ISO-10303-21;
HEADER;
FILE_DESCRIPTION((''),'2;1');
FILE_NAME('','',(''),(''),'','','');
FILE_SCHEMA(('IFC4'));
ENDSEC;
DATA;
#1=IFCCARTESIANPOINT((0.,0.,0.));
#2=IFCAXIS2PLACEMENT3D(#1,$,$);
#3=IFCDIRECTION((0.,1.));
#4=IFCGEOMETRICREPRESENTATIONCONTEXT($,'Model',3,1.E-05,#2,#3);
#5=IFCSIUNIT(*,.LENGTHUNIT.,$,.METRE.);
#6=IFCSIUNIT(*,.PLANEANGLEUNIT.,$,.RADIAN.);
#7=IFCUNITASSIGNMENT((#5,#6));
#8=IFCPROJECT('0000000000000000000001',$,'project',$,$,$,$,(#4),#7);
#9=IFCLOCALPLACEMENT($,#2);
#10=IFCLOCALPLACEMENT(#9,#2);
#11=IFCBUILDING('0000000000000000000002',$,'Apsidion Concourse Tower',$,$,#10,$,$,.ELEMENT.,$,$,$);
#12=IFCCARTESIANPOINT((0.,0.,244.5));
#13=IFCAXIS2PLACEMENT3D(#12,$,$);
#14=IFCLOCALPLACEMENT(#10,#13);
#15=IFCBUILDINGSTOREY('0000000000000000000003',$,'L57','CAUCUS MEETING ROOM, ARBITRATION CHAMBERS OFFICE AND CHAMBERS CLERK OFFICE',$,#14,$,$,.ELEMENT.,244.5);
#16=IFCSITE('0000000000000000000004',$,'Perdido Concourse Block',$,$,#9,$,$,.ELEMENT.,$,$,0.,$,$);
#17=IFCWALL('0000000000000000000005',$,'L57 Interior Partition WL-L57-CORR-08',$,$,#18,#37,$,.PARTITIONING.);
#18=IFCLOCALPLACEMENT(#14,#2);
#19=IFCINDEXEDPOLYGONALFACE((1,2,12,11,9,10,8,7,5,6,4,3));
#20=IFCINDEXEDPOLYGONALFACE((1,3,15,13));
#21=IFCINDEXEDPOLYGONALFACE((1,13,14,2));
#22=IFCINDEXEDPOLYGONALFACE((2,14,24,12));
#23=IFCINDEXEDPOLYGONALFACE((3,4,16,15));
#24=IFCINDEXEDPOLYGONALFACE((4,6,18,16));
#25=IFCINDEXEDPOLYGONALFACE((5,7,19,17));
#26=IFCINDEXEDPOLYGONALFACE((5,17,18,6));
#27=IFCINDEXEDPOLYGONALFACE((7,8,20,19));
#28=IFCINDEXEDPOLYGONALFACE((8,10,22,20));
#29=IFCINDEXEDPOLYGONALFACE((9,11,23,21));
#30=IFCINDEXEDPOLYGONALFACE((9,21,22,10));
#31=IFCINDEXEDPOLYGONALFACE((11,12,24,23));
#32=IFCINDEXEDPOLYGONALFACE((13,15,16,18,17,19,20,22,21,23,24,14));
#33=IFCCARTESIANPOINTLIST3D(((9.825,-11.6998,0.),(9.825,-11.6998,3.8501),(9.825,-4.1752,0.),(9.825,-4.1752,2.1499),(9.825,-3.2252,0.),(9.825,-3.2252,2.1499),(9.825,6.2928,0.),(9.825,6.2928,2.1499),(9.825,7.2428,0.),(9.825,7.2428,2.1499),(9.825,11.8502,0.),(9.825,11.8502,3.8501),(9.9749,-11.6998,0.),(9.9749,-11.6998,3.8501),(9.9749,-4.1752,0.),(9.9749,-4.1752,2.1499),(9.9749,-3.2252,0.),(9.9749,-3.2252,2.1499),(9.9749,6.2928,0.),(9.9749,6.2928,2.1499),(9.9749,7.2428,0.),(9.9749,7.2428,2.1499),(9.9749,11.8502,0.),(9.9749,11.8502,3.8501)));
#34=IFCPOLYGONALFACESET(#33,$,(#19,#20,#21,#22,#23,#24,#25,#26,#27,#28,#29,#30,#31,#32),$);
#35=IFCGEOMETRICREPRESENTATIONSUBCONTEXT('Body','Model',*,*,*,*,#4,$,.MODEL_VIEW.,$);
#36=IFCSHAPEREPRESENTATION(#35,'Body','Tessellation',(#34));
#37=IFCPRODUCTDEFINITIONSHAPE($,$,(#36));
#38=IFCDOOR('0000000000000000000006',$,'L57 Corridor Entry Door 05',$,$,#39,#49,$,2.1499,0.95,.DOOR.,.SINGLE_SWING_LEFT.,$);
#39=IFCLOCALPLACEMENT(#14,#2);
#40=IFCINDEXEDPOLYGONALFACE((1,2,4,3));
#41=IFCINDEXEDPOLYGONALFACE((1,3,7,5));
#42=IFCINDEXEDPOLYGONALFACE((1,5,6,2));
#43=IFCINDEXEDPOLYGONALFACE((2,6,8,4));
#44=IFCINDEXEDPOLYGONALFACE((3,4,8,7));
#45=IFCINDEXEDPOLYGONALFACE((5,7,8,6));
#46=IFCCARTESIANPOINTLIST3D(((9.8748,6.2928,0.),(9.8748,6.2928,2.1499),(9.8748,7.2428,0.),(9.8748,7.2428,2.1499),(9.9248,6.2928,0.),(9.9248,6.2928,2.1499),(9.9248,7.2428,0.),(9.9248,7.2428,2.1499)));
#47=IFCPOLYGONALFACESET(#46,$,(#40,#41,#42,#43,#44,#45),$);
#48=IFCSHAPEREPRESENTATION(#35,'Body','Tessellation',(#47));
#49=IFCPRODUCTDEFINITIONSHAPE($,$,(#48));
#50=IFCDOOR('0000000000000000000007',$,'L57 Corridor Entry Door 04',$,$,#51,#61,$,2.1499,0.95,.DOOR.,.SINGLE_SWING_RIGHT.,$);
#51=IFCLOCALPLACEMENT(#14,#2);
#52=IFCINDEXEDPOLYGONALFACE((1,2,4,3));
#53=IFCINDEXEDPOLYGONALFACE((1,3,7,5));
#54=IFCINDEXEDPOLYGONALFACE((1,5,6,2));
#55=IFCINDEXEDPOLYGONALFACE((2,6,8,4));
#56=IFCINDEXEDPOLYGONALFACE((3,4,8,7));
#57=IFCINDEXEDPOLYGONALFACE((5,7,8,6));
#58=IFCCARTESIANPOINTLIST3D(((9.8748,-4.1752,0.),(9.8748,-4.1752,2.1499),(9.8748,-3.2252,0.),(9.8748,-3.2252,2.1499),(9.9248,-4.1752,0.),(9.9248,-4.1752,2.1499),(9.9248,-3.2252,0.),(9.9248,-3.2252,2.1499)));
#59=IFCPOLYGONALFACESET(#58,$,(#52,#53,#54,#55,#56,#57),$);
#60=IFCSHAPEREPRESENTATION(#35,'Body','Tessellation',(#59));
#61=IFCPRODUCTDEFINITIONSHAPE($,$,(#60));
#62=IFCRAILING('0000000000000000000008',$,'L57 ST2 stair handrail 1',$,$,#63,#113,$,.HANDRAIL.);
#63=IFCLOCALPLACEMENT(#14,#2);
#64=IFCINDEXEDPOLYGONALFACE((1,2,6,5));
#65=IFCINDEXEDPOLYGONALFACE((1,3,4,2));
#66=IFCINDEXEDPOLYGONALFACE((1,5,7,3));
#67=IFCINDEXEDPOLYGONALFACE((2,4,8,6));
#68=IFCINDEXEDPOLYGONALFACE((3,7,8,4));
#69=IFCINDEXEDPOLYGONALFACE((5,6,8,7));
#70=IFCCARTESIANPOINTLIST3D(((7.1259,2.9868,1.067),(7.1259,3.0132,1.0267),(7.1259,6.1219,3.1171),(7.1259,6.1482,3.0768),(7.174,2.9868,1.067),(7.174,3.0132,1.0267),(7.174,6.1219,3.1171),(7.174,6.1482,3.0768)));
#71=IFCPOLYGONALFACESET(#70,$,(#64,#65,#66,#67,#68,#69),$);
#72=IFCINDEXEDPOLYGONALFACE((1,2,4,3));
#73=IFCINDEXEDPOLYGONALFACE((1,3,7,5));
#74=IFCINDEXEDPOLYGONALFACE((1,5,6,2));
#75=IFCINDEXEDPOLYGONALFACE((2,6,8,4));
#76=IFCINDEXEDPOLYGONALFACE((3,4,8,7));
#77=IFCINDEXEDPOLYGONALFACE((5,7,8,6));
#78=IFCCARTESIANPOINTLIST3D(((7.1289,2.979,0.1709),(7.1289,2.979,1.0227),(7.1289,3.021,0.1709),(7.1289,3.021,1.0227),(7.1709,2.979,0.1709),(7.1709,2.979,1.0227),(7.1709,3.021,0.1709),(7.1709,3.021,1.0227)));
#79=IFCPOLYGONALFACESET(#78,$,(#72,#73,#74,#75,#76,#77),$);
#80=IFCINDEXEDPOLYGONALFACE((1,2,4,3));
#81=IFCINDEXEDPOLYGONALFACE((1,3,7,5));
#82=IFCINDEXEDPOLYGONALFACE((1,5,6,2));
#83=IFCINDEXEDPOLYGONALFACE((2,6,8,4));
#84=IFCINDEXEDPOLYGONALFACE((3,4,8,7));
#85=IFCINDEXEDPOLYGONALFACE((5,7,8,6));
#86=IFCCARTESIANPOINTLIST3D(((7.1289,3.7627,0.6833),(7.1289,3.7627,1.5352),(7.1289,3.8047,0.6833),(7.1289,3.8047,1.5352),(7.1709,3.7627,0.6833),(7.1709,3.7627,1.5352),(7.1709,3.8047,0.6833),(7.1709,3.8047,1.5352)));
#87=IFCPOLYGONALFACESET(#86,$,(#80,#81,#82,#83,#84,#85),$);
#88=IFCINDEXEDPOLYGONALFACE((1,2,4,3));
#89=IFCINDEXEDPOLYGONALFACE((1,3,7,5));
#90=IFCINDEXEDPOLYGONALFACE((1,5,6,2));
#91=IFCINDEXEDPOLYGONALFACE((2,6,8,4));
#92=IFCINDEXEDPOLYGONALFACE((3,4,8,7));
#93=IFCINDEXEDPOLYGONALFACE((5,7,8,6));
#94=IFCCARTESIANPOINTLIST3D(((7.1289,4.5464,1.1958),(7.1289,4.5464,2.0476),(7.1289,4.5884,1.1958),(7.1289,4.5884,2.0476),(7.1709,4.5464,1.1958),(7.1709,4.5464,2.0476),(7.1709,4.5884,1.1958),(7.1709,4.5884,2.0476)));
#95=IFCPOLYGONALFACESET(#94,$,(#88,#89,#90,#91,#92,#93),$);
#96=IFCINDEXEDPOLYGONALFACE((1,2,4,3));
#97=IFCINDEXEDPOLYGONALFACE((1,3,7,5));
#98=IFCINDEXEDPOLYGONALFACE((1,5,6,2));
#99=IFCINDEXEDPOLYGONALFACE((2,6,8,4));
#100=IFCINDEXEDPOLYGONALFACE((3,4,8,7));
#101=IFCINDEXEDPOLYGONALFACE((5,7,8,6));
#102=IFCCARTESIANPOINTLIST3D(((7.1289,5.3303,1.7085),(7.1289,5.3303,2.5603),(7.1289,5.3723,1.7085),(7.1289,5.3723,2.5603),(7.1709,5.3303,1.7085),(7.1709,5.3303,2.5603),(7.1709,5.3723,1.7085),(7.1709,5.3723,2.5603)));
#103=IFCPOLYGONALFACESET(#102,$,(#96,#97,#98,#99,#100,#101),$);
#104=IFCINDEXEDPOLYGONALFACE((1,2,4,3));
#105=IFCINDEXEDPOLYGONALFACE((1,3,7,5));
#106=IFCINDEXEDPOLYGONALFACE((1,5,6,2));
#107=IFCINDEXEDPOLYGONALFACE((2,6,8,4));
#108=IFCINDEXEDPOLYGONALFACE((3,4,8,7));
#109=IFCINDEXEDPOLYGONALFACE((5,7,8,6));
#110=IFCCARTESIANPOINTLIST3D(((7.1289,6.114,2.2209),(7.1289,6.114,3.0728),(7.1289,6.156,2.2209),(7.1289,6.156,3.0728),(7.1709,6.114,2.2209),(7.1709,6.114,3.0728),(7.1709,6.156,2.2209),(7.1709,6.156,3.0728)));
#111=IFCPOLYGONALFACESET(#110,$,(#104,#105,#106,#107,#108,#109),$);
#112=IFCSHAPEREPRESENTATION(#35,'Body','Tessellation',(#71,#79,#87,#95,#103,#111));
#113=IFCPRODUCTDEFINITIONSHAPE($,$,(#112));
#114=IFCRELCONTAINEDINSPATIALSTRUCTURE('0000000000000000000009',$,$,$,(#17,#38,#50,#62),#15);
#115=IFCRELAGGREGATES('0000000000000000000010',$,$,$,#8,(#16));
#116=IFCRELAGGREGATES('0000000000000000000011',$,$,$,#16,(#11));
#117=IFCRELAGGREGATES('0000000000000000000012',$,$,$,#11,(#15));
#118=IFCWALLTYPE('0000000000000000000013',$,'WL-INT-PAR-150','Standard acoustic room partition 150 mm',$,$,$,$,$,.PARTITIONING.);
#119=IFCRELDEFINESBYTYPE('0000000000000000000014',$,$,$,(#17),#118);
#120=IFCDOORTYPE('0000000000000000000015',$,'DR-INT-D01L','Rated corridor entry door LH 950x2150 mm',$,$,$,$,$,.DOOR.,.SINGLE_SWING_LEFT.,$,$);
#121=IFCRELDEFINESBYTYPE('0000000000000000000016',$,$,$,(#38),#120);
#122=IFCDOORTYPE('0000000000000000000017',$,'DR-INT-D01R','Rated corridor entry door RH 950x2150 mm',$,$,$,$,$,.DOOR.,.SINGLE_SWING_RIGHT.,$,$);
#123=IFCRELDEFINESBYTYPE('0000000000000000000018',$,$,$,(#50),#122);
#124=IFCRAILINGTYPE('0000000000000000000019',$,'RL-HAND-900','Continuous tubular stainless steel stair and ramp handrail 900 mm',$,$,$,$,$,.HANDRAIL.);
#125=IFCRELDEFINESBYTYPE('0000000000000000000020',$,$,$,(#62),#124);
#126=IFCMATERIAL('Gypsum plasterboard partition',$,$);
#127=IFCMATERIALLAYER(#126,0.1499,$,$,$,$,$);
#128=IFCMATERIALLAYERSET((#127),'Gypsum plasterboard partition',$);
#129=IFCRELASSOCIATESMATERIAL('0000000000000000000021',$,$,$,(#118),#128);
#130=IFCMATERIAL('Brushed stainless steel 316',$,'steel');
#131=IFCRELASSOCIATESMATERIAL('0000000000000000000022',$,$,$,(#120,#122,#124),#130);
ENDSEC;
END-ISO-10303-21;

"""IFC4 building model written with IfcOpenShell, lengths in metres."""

from ifc_helpers import new_model, si_unit, direction, frame, frame_2d, origin, origin_2d, place, context, subcontext, project, spatial, rectangle, extrude, material, layer, layer_set, type_object, element, fill, save


model = new_model("IFC4")

# Units and contexts
model_context = context("Model", 3, precision=1e-05, world=origin(), true_north=direction((0.0, 1.0)))
body_context = subcontext(model_context, "Body", "Model", "MODEL_VIEW")
ifc_project = project(units=[si_unit("LENGTHUNIT", "METRE"), si_unit("PLANEANGLEUNIT", "RADIAN")], contexts=[model_context])

# Site, building, storey
site_placement = place(None, origin())
site = spatial("IfcSite", under=ifc_project, at=site_placement, Name="Perdido Concourse Block", CompositionType="ELEMENT", RefElevation=0.0)
building_placement = place(site_placement, origin())
building = spatial("IfcBuilding", under=site, at=building_placement, Name="Apsidion Concourse Tower", CompositionType="ELEMENT")
storey_placement = place(building_placement, frame((0.0, 0.0, 244.5)))
storey = spatial("IfcBuildingStorey", under=building, at=storey_placement, Name="L57", Description="CAUCUS MEETING ROOM, ARBITRATION CHAMBERS OFFICE AND CHAMBERS CLERK OFFICE", CompositionType="ELEMENT", Elevation=244.5)

# Wall, openings, doors
ifc_material_1 = material(Name="Gypsum plasterboard partition")
ifc_layer = layer(ifc_material_1, 0.1499)
ifc_layer_set = layer_set([ifc_layer], Name="Gypsum plasterboard partition")
wall_type = type_object("IfcWallType", Name="WL-INT-PAR-150", Description="Standard acoustic room partition 150 mm", PredefinedType="PARTITIONING", material=ifc_layer_set)
wall_placement = place(storey_placement, frame((9.8999, 11.8501, 0.0), z_axis=(0.0, 0.0, 1.0), x_axis=(0.0, -1.0, 0.0)))
wall = element("IfcWall", 1, at=wall_placement, inside=storey, type_object=wall_type, Name="L57 Interior Partition WL-L57-CORR-08", PredefinedType="PARTITIONING", context=body_context, shape_type="SweptSolid", body=[
    extrude(rectangle(XDim=23.55, YDim=0.1499, at=frame_2d((11.7749, 0.0))), origin(), (0.0, 0.0, 1.0), 3.8501),
])
opening_1_placement = place(wall_placement, frame((15.0752, 0.0, 0.0)))
opening_1 = element("IfcOpeningElement", 2, at=opening_1_placement, cuts=wall, PredefinedType="OPENING", context=body_context, shape_type="SweptSolid", body=[
    extrude(rectangle(XDim=0.95, YDim=2.1499, at=frame_2d((0.4751, 1.075))), frame((0.0, 0.085, 0.0), z_axis=(0.0, -1.0, 0.0), x_axis=(1.0, 0.0, 0.0)), (0.0, 0.0, 1.0), 0.1699),
])
opening_2_placement = place(wall_placement, frame((4.6072, 0.0, 0.0)))
opening_2 = element("IfcOpeningElement", 3, at=opening_2_placement, cuts=wall, PredefinedType="OPENING", context=body_context, shape_type="SweptSolid", body=[
    extrude(rectangle(XDim=0.95, YDim=2.1499, at=frame_2d((0.4751, 1.075))), frame((0.0, 0.085, 0.0), z_axis=(0.0, -1.0, 0.0), x_axis=(1.0, 0.0, 0.0)), (0.0, 0.0, 1.0), 0.1699),
])
ifc_material_2 = material(Name="Brushed stainless steel 316", Category="steel")
door_type_1 = type_object("IfcDoorType", Name="DR-INT-D01L", Description="Rated corridor entry door LH 950x2150 mm", OperationType="SINGLE_SWING_LEFT", PredefinedType="DOOR", material=ifc_material_2)
door_1_placement = place(opening_2_placement, origin())
door_1 = element("IfcDoor", 4, at=door_1_placement, inside=storey, type_object=door_type_1, Name="L57 Corridor Entry Door 05", OperationType="SINGLE_SWING_LEFT", OverallHeight=2.1499, OverallWidth=0.95, PredefinedType="DOOR", context=body_context, shape_type="SweptSolid", body=[
    extrude(rectangle(XDim=0.95, YDim=2.1499, at=frame_2d((0.4751, 1.075))), frame((0.0, 0.0249, 0.0), z_axis=(0.0, -1.0, 0.0), x_axis=(1.0, 0.0, 0.0)), (0.0, 0.0, 1.0), 0.05),
])
fill(opening_2, door_1)
door_type_2 = type_object("IfcDoorType", Name="DR-INT-D01R", Description="Rated corridor entry door RH 950x2150 mm", OperationType="SINGLE_SWING_RIGHT", PredefinedType="DOOR", material=ifc_material_2)
door_2_placement = place(opening_1_placement, origin())
door_2 = element("IfcDoor", 5, at=door_2_placement, inside=storey, type_object=door_type_2, Name="L57 Corridor Entry Door 04", OperationType="SINGLE_SWING_RIGHT", OverallHeight=2.1499, OverallWidth=0.95, PredefinedType="DOOR", context=body_context, shape_type="SweptSolid", body=[
    extrude(rectangle(XDim=0.95, YDim=2.1499, at=frame_2d((0.4751, 1.075))), frame((0.0, 0.0249, 0.0), z_axis=(0.0, -1.0, 0.0), x_axis=(1.0, 0.0, 0.0)), (0.0, 0.0, 1.0), 0.05),
])
fill(opening_1, door_2)

# Railing
railing_type = type_object("IfcRailingType", Name="RL-HAND-900", Description="Continuous tubular stainless steel stair and ramp handrail 900 mm", PredefinedType="HANDRAIL", material=ifc_material_2)
railing_placement = place(storey_placement, frame((7.1499, 3.0, 0.1709)))
element("IfcRailing", 6, at=railing_placement, inside=storey, type_object=railing_type, Name="L57 ST2 stair handrail 1", PredefinedType="HANDRAIL", context=body_context, shape_type="SweptSolid", body=[
    extrude(rectangle(XDim=0.0481, YDim=0.0481, at=origin_2d()), frame((0.0, 0.0, 0.876), z_axis=(0.0, 0.836941, 0.547293), x_axis=(-1.0, 0.0, 0.0)), (0.0, 0.0, 1.0), 3.7458),
    extrude(rectangle(XDim=0.042, YDim=0.042, at=origin_2d()), origin(), (0.0, 0.0, 1.0), 0.8518),
    extrude(rectangle(XDim=0.042, YDim=0.042, at=origin_2d()), frame((0.0, 0.7837, 0.5125)), (0.0, 0.0, 1.0), 0.8518),
    extrude(rectangle(XDim=0.042, YDim=0.042, at=origin_2d()), frame((0.0, 1.5674, 1.0249)), (0.0, 0.0, 1.0), 0.8518),
    extrude(rectangle(XDim=0.042, YDim=0.042, at=origin_2d()), frame((0.0, 2.3513, 1.5376)), (0.0, 0.0, 1.0), 0.8518),
    extrude(rectangle(XDim=0.042, YDim=0.042, at=origin_2d()), frame((0.0, 3.135, 2.05)), (0.0, 0.0, 1.0), 0.8518),
])

save(model, "model.ifc")
